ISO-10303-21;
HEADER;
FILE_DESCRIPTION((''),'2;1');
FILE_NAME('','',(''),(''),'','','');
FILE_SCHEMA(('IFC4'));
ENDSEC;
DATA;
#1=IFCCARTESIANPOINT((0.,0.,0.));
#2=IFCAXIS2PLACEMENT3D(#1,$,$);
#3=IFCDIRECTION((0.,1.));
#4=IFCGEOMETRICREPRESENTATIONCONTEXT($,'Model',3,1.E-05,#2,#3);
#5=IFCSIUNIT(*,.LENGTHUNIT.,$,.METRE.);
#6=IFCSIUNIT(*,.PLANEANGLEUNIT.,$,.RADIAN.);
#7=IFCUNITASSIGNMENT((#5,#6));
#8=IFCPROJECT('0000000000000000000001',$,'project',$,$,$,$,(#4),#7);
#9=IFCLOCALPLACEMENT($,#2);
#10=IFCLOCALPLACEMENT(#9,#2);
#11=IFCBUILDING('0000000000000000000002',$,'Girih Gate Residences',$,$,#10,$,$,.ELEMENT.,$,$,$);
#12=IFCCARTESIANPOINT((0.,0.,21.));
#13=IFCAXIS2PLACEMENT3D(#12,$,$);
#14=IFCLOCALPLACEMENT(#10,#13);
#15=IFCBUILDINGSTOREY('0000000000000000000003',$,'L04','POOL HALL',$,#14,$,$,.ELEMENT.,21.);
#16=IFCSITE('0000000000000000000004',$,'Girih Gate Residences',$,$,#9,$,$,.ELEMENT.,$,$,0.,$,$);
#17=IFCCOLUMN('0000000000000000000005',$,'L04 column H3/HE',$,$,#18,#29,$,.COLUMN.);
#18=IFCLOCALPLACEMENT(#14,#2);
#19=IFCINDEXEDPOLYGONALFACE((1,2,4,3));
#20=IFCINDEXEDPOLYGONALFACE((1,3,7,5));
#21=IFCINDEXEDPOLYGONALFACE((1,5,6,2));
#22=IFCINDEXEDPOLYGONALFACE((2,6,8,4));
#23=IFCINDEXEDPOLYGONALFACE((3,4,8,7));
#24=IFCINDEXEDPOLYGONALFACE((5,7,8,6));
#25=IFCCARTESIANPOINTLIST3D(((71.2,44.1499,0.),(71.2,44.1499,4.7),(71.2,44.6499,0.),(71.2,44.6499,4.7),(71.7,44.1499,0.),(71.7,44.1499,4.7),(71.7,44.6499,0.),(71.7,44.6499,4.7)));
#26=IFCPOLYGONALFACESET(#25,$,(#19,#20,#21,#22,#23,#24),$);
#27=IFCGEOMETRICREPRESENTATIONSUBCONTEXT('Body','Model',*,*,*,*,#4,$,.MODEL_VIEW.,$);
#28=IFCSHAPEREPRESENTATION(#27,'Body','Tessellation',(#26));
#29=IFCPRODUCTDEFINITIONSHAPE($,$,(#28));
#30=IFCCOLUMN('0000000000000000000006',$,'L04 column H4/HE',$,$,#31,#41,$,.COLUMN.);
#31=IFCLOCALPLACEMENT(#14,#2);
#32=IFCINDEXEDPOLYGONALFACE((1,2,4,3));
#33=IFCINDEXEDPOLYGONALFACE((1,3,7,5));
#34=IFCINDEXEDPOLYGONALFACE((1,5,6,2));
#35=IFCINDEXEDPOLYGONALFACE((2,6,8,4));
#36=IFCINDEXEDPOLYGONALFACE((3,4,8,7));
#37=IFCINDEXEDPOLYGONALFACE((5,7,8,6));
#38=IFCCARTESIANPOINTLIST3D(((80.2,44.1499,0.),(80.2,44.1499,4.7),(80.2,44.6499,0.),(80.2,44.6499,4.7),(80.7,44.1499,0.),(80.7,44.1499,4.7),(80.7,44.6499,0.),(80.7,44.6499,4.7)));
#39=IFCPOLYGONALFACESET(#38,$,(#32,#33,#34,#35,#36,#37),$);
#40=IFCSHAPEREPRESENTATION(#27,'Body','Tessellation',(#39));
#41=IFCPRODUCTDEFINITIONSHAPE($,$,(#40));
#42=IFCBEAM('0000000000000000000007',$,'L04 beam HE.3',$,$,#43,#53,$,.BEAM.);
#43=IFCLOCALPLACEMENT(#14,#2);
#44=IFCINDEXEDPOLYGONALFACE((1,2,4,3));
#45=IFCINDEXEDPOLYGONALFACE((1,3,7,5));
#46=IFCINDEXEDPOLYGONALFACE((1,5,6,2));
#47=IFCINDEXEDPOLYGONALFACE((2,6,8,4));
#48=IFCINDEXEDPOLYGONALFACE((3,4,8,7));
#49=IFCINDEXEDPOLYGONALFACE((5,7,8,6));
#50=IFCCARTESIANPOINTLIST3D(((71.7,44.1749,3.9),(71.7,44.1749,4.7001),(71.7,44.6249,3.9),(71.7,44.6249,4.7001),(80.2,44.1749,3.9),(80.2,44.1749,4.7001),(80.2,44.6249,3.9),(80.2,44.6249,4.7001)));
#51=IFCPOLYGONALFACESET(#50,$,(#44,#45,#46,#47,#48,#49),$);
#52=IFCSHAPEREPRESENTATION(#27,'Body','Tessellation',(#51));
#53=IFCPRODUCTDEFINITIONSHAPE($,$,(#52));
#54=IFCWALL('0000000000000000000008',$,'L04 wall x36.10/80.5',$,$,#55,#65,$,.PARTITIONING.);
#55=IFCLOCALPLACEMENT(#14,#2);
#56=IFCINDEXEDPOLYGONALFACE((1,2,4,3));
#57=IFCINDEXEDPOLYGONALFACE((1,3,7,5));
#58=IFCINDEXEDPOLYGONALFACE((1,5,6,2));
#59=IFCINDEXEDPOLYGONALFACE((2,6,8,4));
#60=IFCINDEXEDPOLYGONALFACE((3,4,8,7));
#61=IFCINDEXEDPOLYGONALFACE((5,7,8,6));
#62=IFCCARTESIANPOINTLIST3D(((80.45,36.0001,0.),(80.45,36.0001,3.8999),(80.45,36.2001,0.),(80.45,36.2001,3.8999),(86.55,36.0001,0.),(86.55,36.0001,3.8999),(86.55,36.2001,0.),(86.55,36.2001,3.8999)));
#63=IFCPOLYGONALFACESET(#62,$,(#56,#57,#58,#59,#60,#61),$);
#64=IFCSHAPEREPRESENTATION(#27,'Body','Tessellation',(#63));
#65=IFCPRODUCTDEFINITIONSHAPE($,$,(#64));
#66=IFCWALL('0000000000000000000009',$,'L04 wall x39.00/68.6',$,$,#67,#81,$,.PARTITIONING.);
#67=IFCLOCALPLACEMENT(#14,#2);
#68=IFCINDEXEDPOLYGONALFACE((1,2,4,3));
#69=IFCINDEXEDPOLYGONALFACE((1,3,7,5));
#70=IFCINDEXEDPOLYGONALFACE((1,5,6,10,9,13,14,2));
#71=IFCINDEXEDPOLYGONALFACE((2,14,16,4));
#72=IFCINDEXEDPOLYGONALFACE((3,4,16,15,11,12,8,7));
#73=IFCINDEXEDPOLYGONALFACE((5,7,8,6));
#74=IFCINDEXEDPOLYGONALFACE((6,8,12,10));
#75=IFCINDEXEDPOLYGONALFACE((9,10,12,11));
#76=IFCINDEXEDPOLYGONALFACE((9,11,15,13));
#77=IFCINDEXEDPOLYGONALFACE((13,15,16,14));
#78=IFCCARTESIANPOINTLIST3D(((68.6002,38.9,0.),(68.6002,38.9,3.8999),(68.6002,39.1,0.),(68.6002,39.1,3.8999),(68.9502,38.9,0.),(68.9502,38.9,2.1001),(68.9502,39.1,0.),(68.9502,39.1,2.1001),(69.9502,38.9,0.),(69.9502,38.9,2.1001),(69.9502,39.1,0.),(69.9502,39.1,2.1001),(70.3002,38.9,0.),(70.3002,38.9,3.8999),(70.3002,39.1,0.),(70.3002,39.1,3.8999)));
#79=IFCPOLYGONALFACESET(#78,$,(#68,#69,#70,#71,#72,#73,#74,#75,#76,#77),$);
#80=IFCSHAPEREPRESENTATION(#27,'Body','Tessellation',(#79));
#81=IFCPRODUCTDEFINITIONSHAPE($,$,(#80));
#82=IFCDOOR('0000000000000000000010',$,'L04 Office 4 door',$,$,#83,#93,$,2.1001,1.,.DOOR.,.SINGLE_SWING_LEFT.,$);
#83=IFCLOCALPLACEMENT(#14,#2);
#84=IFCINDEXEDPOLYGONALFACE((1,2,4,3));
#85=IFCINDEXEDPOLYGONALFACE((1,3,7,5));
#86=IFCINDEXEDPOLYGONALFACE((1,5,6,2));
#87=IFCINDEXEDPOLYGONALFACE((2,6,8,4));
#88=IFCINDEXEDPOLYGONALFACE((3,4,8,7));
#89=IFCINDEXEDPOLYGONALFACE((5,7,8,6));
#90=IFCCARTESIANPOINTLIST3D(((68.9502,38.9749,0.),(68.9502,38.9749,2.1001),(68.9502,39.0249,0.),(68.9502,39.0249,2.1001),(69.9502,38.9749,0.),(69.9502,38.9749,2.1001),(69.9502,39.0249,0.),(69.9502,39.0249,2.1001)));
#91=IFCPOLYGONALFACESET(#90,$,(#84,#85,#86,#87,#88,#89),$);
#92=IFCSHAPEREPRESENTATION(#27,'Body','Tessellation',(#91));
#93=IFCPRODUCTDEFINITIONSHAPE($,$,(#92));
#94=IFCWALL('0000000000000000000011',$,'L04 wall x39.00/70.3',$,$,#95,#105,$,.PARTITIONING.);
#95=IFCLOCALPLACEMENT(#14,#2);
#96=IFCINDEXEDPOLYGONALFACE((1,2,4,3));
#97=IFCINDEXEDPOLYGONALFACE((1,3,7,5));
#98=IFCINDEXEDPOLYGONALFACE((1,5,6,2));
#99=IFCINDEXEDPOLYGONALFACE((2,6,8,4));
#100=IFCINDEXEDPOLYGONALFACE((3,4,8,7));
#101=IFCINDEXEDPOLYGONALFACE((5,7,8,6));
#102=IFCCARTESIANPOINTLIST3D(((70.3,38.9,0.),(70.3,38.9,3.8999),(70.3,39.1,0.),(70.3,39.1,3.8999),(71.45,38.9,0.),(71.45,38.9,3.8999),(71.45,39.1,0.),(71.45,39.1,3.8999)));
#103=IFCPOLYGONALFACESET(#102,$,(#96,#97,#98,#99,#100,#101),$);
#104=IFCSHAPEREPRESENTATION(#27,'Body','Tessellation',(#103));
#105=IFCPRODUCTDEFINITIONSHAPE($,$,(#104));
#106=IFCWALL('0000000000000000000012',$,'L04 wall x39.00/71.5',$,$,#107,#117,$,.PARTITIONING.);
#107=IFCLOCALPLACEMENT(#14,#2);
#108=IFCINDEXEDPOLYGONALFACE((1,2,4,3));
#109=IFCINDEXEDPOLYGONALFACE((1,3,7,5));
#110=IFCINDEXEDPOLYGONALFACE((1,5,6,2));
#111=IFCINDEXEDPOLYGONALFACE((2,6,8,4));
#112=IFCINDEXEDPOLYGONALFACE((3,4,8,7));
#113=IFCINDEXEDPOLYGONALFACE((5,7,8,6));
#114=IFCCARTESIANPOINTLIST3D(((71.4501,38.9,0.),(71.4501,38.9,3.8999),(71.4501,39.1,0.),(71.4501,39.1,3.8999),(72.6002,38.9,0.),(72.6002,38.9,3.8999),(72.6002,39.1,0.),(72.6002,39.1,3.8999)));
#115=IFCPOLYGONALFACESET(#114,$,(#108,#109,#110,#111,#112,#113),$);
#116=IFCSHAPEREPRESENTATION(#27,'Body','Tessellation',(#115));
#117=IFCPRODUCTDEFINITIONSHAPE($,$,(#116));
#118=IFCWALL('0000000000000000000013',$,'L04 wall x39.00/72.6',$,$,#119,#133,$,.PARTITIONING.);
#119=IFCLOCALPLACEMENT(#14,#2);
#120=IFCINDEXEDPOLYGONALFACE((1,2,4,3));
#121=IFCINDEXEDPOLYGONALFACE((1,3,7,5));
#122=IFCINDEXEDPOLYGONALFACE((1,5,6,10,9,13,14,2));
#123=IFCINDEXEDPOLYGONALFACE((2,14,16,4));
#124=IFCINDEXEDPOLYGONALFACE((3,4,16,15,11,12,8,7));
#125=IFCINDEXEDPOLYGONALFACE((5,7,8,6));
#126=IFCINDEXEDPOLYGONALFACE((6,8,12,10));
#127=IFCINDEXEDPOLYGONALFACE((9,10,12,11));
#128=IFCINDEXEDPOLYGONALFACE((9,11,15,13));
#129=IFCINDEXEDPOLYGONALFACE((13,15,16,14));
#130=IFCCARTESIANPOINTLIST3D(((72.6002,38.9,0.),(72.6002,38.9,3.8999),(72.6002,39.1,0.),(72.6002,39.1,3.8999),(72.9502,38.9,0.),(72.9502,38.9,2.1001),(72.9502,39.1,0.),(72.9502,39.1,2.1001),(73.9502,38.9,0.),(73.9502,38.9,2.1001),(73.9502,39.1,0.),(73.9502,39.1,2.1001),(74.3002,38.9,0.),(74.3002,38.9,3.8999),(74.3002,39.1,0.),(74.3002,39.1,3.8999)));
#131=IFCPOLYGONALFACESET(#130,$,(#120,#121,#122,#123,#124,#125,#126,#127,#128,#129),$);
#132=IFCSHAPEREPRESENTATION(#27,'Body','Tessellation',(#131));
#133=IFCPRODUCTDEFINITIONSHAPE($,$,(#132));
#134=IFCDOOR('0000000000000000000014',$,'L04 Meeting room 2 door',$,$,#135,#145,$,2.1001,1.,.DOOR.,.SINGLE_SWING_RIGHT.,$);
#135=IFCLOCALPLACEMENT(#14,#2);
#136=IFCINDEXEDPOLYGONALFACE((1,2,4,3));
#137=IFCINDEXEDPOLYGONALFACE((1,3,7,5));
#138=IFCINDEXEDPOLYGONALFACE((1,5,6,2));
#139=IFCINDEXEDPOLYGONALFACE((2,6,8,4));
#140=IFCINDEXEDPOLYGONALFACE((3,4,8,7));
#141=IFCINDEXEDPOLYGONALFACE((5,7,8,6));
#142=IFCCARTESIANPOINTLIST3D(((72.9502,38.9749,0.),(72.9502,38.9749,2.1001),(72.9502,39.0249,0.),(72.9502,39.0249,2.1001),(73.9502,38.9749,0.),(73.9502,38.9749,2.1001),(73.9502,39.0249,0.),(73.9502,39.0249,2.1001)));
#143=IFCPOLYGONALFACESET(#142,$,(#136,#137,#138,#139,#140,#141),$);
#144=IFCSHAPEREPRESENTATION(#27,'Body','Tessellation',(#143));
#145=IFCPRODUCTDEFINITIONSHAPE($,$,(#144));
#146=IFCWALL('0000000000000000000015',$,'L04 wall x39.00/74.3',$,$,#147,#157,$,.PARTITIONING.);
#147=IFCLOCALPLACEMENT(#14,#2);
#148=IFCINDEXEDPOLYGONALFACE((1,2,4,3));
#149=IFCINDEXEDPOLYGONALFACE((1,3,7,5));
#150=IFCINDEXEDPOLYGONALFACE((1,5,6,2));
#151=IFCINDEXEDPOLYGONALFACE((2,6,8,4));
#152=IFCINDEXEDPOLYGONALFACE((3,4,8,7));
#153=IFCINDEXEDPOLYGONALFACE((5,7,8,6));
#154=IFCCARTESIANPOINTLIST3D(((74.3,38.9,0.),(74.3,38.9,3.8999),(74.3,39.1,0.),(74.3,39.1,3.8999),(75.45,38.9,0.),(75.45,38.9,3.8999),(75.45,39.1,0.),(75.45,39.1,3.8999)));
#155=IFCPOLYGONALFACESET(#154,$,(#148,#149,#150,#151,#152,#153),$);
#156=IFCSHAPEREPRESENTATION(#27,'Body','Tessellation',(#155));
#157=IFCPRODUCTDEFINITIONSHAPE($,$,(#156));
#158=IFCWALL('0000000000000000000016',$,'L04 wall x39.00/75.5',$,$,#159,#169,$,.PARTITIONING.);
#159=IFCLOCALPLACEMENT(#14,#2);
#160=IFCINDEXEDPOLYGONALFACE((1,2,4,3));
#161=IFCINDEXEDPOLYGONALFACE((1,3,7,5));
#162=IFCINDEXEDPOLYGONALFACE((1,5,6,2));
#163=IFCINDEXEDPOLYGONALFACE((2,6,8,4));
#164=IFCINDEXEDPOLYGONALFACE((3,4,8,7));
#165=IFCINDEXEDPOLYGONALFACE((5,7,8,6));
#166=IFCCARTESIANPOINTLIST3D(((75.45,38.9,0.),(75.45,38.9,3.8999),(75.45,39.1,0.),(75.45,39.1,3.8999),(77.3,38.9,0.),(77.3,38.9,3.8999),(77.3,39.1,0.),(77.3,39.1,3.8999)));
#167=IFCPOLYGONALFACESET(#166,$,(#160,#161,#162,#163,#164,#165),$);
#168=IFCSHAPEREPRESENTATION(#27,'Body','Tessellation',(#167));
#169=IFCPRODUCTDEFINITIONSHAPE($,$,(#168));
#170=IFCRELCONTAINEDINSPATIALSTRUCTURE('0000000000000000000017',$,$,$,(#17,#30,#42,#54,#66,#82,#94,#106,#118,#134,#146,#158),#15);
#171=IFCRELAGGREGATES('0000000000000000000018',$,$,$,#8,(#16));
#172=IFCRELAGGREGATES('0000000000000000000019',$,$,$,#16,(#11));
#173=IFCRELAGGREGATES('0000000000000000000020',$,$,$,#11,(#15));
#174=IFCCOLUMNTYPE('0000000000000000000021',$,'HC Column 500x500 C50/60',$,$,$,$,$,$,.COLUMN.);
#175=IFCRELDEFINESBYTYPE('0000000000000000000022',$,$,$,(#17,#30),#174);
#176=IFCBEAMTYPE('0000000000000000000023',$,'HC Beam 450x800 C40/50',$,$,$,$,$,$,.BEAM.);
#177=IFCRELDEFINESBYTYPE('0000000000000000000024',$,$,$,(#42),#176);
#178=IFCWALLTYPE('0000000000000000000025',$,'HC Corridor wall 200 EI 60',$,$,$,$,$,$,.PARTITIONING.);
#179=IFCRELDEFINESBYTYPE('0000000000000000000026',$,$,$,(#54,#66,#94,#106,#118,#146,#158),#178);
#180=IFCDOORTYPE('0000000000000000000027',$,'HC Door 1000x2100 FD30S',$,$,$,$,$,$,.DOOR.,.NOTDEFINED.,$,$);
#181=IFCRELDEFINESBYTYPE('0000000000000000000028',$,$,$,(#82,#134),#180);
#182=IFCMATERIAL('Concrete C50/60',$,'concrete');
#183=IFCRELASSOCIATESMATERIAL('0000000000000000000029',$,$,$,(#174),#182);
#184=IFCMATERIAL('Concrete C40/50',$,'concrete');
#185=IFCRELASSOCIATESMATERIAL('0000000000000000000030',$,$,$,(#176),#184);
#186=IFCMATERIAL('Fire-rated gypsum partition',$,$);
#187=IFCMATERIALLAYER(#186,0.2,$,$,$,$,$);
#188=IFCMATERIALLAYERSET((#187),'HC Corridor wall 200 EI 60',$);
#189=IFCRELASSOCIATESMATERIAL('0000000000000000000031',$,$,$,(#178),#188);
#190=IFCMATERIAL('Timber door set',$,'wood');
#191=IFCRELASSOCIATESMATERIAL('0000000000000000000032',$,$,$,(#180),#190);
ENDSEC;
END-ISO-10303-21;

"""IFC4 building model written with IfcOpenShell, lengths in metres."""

from ifc_helpers import new_model, si_unit, direction, frame, frame_2d, origin, origin_2d, place, context, subcontext, project, spatial, rectangle, extrude, material, layer, layer_set, material_profile, profile_set, type_object, element, fill, save


model = new_model("IFC4")

# Units and contexts
model_context = context("Model", 3, precision=1e-05, world=origin(), true_north=direction((0.0, 1.0)))
body_context = subcontext(model_context, "Body", "Model", "MODEL_VIEW")
ifc_project = project(units=[si_unit("LENGTHUNIT", "METRE"), si_unit("PLANEANGLEUNIT", "RADIAN")], contexts=[model_context])

# Site, building, storey
site_placement = place(None, origin())
site = spatial("IfcSite", under=ifc_project, at=site_placement, Name="Girih Gate Residences", CompositionType="ELEMENT", RefElevation=0.0)
building_placement = place(site_placement, origin())
building = spatial("IfcBuilding", under=site, at=building_placement, Name="Girih Gate Residences", CompositionType="ELEMENT")
storey_placement = place(building_placement, frame((0.0, 0.0, 21.0)))
storey = spatial("IfcBuildingStorey", under=building, at=storey_placement, Name="L04", Description="POOL HALL", CompositionType="ELEMENT", Elevation=21.0)

# Columns
ifc_material_1 = material(Name="Concrete C50/60", Category="concrete")
ifc_material_profile_1 = material_profile(ifc_material_1, rectangle(XDim=0.5, YDim=0.5, at=origin_2d()))
ifc_profile_set_1 = profile_set([ifc_material_profile_1], Name="Concrete C50/60")
column_type = type_object("IfcColumnType", Name="HC Column 500x500 C50/60", PredefinedType="COLUMN", material=ifc_profile_set_1)
for number, where, z_axis, x_axis, name in (
    (1, (71.45, 44.3999, 0.0), (0.0, 0.0, 1.0), (1.0, 0.0, 0.0), "L04 column H3/HE"),
    (2, (80.45, 44.3999, 0.0), (0.0, 0.0, 1.0), (1.0, 0.0, 0.0), "L04 column H4/HE"),
):
    element("IfcColumn", number, at=place(storey_placement, frame(where, z_axis=z_axis, x_axis=x_axis)), inside=storey, type_object=column_type, Name=name, PredefinedType="COLUMN", context=body_context, shape_type="SweptSolid", body=[
        extrude(rectangle(XDim=0.5, YDim=0.5, at=origin_2d()), origin(), (0.0, 0.0, 1.0), 4.7),
    ])

# Beam
ifc_material_2 = material(Name="Concrete C40/50", Category="concrete")
ifc_material_profile_2 = material_profile(ifc_material_2, rectangle(XDim=0.45, YDim=0.8, at=origin_2d()))
ifc_profile_set_2 = profile_set([ifc_material_profile_2], Name="Concrete C40/50")
beam_type = type_object("IfcBeamType", Name="HC Beam 450x800 C40/50", PredefinedType="BEAM", material=ifc_profile_set_2)
beam_placement = place(storey_placement, frame((71.7, 44.3999, 4.3), z_axis=(1.0, 0.0, 0.0), x_axis=(0.0, 1.0, 0.0)))
element("IfcBeam", 3, at=beam_placement, inside=storey, type_object=beam_type, Name="L04 beam HE.3", PredefinedType="BEAM", context=body_context, shape_type="SweptSolid", body=[
    extrude(rectangle(XDim=0.45, YDim=0.8, at=origin_2d()), origin(), (0.0, 0.0, 1.0), 8.5),
])

# Wall
ifc_material_3 = material(Name="Fire-rated gypsum partition")
ifc_layer_1 = layer(ifc_material_3, 0.2)
ifc_layer_set_1 = layer_set([ifc_layer_1], Name="HC Corridor wall 200 EI 60")
wall_type_1 = type_object("IfcWallType", Name="HC Corridor wall 200 EI 60", PredefinedType="PARTITIONING", material=ifc_layer_set_1)
wall_1_placement = place(storey_placement, frame((80.45, 36.1001, 0.0), z_axis=(0.0, 0.0, 1.0), x_axis=(1.0, 0.0, 0.0)))
element("IfcWall", 4, at=wall_1_placement, inside=storey, type_object=wall_type_1, Name="L04 wall x36.10/80.5", PredefinedType="PARTITIONING", context=body_context, shape_type="SweptSolid", body=[
    extrude(rectangle(XDim=6.1001, YDim=0.2, at=frame_2d((3.05, 0.0))), origin(), (0.0, 0.0, 1.0), 3.8999),
])

# Wall, opening, door
wall_2_placement = place(storey_placement, frame((68.6001, 39.0, 0.0), z_axis=(0.0, 0.0, 1.0), x_axis=(1.0, 0.0, 0.0)))
wall_2 = element("IfcWall", 5, at=wall_2_placement, inside=storey, type_object=wall_type_1, Name="L04 wall x39.00/68.6", PredefinedType="PARTITIONING", context=body_context, shape_type="SweptSolid", body=[
    extrude(rectangle(XDim=1.7, YDim=0.2, at=frame_2d((0.8501, 0.0))), origin(), (0.0, 0.0, 1.0), 3.8999),
])
opening_1_placement = place(wall_2_placement, frame((0.3501, 0.0, 0.0)))
opening_1 = element("IfcOpeningElement", 6, at=opening_1_placement, cuts=wall_2, PredefinedType="OPENING", context=body_context, shape_type="SweptSolid", body=[
    extrude(rectangle(XDim=1.0, YDim=2.1001, at=frame_2d((0.5, 1.05))), frame((0.0, 0.1099, 0.0), z_axis=(0.0, -1.0, 0.0), x_axis=(1.0, 0.0, 0.0)), (0.0, 0.0, 1.0), 0.22),
])
ifc_material_4 = material(Name="Timber door set", Category="wood")
door_type_1 = type_object("IfcDoorType", Name="HC Door 1000x2100 FD30S", OperationType="NOTDEFINED", PredefinedType="DOOR", material=ifc_material_4)
door_1_placement = place(opening_1_placement, origin())
door_1 = element("IfcDoor", 7, at=door_1_placement, inside=storey, type_object=door_type_1, Name="L04 Office 4 door", OperationType="SINGLE_SWING_LEFT", OverallHeight=2.1001, OverallWidth=1.0, PredefinedType="DOOR", context=body_context, shape_type="SweptSolid", body=[
    extrude(rectangle(XDim=1.0, YDim=2.1001, at=frame_2d((0.5, 1.05))), frame((0.0, 0.0249, 0.0), z_axis=(0.0, -1.0, 0.0), x_axis=(1.0, 0.0, 0.0)), (0.0, 0.0, 1.0), 0.05),
])
fill(opening_1, door_1)

# Walls
wall_3_placement = place(storey_placement, frame((70.3, 39.0, 0.0), z_axis=(0.0, 0.0, 1.0), x_axis=(1.0, 0.0, 0.0)))
element("IfcWall", 8, at=wall_3_placement, inside=storey, type_object=wall_type_1, Name="L04 wall x39.00/70.3", PredefinedType="PARTITIONING", context=body_context, shape_type="SweptSolid", body=[
    extrude(rectangle(XDim=1.1499, YDim=0.2, at=frame_2d((0.575, 0.0))), origin(), (0.0, 0.0, 1.0), 3.8999),
])
wall_4_placement = place(storey_placement, frame((71.45, 39.0, 0.0), z_axis=(0.0, 0.0, 1.0), x_axis=(1.0, 0.0, 0.0)))
element("IfcWall", 9, at=wall_4_placement, inside=storey, type_object=wall_type_1, Name="L04 wall x39.00/71.5", PredefinedType="PARTITIONING", context=body_context, shape_type="SweptSolid", body=[
    extrude(rectangle(XDim=1.1501, YDim=0.2, at=frame_2d((0.5752, 0.0))), origin(), (0.0, 0.0, 1.0), 3.8999),
])

# Wall, opening, door
wall_5_placement = place(storey_placement, frame((72.6001, 39.0, 0.0), z_axis=(0.0, 0.0, 1.0), x_axis=(1.0, 0.0, 0.0)))
wall_5 = element("IfcWall", 10, at=wall_5_placement, inside=storey, type_object=wall_type_1, Name="L04 wall x39.00/72.6", PredefinedType="PARTITIONING", context=body_context, shape_type="SweptSolid", body=[
    extrude(rectangle(XDim=1.7, YDim=0.2, at=frame_2d((0.8501, 0.0))), origin(), (0.0, 0.0, 1.0), 3.8999),
])
opening_2_placement = place(wall_5_placement, frame((0.3501, 0.0, 0.0)))
opening_2 = element("IfcOpeningElement", 11, at=opening_2_placement, cuts=wall_5, PredefinedType="OPENING", context=body_context, shape_type="SweptSolid", body=[
    extrude(rectangle(XDim=1.0, YDim=2.1001, at=frame_2d((0.5, 1.05))), frame((0.0, 0.1099, 0.0), z_axis=(0.0, -1.0, 0.0), x_axis=(1.0, 0.0, 0.0)), (0.0, 0.0, 1.0), 0.22),
])
door_2_placement = place(opening_2_placement, origin())
door_2 = element("IfcDoor", 12, at=door_2_placement, inside=storey, type_object=door_type_1, Name="L04 Meeting room 2 door", OperationType="SINGLE_SWING_RIGHT", OverallHeight=2.1001, OverallWidth=1.0, PredefinedType="DOOR", context=body_context, shape_type="SweptSolid", body=[
    extrude(rectangle(XDim=1.0, YDim=2.1001, at=frame_2d((0.5, 1.05))), frame((0.0, 0.0249, 0.0), z_axis=(0.0, -1.0, 0.0), x_axis=(1.0, 0.0, 0.0)), (0.0, 0.0, 1.0), 0.05),
])
fill(opening_2, door_2)

# Walls
wall_6_placement = place(storey_placement, frame((74.3, 39.0, 0.0), z_axis=(0.0, 0.0, 1.0), x_axis=(1.0, 0.0, 0.0)))
element("IfcWall", 13, at=wall_6_placement, inside=storey, type_object=wall_type_1, Name="L04 wall x39.00/74.3", PredefinedType="PARTITIONING", context=body_context, shape_type="SweptSolid", body=[
    extrude(rectangle(XDim=1.1499, YDim=0.2, at=frame_2d((0.575, 0.0))), origin(), (0.0, 0.0, 1.0), 3.8999),
])
wall_7_placement = place(storey_placement, frame((75.45, 39.0, 0.0), z_axis=(0.0, 0.0, 1.0), x_axis=(1.0, 0.0, 0.0)))
element("IfcWall", 14, at=wall_7_placement, inside=storey, type_object=wall_type_1, Name="L04 wall x39.00/75.5", PredefinedType="PARTITIONING", context=body_context, shape_type="SweptSolid", body=[
    extrude(rectangle(XDim=1.8501, YDim=0.2, at=frame_2d((0.925, 0.0))), origin(), (0.0, 0.0, 1.0), 3.8999),
])

save(model, "model.ifc")
